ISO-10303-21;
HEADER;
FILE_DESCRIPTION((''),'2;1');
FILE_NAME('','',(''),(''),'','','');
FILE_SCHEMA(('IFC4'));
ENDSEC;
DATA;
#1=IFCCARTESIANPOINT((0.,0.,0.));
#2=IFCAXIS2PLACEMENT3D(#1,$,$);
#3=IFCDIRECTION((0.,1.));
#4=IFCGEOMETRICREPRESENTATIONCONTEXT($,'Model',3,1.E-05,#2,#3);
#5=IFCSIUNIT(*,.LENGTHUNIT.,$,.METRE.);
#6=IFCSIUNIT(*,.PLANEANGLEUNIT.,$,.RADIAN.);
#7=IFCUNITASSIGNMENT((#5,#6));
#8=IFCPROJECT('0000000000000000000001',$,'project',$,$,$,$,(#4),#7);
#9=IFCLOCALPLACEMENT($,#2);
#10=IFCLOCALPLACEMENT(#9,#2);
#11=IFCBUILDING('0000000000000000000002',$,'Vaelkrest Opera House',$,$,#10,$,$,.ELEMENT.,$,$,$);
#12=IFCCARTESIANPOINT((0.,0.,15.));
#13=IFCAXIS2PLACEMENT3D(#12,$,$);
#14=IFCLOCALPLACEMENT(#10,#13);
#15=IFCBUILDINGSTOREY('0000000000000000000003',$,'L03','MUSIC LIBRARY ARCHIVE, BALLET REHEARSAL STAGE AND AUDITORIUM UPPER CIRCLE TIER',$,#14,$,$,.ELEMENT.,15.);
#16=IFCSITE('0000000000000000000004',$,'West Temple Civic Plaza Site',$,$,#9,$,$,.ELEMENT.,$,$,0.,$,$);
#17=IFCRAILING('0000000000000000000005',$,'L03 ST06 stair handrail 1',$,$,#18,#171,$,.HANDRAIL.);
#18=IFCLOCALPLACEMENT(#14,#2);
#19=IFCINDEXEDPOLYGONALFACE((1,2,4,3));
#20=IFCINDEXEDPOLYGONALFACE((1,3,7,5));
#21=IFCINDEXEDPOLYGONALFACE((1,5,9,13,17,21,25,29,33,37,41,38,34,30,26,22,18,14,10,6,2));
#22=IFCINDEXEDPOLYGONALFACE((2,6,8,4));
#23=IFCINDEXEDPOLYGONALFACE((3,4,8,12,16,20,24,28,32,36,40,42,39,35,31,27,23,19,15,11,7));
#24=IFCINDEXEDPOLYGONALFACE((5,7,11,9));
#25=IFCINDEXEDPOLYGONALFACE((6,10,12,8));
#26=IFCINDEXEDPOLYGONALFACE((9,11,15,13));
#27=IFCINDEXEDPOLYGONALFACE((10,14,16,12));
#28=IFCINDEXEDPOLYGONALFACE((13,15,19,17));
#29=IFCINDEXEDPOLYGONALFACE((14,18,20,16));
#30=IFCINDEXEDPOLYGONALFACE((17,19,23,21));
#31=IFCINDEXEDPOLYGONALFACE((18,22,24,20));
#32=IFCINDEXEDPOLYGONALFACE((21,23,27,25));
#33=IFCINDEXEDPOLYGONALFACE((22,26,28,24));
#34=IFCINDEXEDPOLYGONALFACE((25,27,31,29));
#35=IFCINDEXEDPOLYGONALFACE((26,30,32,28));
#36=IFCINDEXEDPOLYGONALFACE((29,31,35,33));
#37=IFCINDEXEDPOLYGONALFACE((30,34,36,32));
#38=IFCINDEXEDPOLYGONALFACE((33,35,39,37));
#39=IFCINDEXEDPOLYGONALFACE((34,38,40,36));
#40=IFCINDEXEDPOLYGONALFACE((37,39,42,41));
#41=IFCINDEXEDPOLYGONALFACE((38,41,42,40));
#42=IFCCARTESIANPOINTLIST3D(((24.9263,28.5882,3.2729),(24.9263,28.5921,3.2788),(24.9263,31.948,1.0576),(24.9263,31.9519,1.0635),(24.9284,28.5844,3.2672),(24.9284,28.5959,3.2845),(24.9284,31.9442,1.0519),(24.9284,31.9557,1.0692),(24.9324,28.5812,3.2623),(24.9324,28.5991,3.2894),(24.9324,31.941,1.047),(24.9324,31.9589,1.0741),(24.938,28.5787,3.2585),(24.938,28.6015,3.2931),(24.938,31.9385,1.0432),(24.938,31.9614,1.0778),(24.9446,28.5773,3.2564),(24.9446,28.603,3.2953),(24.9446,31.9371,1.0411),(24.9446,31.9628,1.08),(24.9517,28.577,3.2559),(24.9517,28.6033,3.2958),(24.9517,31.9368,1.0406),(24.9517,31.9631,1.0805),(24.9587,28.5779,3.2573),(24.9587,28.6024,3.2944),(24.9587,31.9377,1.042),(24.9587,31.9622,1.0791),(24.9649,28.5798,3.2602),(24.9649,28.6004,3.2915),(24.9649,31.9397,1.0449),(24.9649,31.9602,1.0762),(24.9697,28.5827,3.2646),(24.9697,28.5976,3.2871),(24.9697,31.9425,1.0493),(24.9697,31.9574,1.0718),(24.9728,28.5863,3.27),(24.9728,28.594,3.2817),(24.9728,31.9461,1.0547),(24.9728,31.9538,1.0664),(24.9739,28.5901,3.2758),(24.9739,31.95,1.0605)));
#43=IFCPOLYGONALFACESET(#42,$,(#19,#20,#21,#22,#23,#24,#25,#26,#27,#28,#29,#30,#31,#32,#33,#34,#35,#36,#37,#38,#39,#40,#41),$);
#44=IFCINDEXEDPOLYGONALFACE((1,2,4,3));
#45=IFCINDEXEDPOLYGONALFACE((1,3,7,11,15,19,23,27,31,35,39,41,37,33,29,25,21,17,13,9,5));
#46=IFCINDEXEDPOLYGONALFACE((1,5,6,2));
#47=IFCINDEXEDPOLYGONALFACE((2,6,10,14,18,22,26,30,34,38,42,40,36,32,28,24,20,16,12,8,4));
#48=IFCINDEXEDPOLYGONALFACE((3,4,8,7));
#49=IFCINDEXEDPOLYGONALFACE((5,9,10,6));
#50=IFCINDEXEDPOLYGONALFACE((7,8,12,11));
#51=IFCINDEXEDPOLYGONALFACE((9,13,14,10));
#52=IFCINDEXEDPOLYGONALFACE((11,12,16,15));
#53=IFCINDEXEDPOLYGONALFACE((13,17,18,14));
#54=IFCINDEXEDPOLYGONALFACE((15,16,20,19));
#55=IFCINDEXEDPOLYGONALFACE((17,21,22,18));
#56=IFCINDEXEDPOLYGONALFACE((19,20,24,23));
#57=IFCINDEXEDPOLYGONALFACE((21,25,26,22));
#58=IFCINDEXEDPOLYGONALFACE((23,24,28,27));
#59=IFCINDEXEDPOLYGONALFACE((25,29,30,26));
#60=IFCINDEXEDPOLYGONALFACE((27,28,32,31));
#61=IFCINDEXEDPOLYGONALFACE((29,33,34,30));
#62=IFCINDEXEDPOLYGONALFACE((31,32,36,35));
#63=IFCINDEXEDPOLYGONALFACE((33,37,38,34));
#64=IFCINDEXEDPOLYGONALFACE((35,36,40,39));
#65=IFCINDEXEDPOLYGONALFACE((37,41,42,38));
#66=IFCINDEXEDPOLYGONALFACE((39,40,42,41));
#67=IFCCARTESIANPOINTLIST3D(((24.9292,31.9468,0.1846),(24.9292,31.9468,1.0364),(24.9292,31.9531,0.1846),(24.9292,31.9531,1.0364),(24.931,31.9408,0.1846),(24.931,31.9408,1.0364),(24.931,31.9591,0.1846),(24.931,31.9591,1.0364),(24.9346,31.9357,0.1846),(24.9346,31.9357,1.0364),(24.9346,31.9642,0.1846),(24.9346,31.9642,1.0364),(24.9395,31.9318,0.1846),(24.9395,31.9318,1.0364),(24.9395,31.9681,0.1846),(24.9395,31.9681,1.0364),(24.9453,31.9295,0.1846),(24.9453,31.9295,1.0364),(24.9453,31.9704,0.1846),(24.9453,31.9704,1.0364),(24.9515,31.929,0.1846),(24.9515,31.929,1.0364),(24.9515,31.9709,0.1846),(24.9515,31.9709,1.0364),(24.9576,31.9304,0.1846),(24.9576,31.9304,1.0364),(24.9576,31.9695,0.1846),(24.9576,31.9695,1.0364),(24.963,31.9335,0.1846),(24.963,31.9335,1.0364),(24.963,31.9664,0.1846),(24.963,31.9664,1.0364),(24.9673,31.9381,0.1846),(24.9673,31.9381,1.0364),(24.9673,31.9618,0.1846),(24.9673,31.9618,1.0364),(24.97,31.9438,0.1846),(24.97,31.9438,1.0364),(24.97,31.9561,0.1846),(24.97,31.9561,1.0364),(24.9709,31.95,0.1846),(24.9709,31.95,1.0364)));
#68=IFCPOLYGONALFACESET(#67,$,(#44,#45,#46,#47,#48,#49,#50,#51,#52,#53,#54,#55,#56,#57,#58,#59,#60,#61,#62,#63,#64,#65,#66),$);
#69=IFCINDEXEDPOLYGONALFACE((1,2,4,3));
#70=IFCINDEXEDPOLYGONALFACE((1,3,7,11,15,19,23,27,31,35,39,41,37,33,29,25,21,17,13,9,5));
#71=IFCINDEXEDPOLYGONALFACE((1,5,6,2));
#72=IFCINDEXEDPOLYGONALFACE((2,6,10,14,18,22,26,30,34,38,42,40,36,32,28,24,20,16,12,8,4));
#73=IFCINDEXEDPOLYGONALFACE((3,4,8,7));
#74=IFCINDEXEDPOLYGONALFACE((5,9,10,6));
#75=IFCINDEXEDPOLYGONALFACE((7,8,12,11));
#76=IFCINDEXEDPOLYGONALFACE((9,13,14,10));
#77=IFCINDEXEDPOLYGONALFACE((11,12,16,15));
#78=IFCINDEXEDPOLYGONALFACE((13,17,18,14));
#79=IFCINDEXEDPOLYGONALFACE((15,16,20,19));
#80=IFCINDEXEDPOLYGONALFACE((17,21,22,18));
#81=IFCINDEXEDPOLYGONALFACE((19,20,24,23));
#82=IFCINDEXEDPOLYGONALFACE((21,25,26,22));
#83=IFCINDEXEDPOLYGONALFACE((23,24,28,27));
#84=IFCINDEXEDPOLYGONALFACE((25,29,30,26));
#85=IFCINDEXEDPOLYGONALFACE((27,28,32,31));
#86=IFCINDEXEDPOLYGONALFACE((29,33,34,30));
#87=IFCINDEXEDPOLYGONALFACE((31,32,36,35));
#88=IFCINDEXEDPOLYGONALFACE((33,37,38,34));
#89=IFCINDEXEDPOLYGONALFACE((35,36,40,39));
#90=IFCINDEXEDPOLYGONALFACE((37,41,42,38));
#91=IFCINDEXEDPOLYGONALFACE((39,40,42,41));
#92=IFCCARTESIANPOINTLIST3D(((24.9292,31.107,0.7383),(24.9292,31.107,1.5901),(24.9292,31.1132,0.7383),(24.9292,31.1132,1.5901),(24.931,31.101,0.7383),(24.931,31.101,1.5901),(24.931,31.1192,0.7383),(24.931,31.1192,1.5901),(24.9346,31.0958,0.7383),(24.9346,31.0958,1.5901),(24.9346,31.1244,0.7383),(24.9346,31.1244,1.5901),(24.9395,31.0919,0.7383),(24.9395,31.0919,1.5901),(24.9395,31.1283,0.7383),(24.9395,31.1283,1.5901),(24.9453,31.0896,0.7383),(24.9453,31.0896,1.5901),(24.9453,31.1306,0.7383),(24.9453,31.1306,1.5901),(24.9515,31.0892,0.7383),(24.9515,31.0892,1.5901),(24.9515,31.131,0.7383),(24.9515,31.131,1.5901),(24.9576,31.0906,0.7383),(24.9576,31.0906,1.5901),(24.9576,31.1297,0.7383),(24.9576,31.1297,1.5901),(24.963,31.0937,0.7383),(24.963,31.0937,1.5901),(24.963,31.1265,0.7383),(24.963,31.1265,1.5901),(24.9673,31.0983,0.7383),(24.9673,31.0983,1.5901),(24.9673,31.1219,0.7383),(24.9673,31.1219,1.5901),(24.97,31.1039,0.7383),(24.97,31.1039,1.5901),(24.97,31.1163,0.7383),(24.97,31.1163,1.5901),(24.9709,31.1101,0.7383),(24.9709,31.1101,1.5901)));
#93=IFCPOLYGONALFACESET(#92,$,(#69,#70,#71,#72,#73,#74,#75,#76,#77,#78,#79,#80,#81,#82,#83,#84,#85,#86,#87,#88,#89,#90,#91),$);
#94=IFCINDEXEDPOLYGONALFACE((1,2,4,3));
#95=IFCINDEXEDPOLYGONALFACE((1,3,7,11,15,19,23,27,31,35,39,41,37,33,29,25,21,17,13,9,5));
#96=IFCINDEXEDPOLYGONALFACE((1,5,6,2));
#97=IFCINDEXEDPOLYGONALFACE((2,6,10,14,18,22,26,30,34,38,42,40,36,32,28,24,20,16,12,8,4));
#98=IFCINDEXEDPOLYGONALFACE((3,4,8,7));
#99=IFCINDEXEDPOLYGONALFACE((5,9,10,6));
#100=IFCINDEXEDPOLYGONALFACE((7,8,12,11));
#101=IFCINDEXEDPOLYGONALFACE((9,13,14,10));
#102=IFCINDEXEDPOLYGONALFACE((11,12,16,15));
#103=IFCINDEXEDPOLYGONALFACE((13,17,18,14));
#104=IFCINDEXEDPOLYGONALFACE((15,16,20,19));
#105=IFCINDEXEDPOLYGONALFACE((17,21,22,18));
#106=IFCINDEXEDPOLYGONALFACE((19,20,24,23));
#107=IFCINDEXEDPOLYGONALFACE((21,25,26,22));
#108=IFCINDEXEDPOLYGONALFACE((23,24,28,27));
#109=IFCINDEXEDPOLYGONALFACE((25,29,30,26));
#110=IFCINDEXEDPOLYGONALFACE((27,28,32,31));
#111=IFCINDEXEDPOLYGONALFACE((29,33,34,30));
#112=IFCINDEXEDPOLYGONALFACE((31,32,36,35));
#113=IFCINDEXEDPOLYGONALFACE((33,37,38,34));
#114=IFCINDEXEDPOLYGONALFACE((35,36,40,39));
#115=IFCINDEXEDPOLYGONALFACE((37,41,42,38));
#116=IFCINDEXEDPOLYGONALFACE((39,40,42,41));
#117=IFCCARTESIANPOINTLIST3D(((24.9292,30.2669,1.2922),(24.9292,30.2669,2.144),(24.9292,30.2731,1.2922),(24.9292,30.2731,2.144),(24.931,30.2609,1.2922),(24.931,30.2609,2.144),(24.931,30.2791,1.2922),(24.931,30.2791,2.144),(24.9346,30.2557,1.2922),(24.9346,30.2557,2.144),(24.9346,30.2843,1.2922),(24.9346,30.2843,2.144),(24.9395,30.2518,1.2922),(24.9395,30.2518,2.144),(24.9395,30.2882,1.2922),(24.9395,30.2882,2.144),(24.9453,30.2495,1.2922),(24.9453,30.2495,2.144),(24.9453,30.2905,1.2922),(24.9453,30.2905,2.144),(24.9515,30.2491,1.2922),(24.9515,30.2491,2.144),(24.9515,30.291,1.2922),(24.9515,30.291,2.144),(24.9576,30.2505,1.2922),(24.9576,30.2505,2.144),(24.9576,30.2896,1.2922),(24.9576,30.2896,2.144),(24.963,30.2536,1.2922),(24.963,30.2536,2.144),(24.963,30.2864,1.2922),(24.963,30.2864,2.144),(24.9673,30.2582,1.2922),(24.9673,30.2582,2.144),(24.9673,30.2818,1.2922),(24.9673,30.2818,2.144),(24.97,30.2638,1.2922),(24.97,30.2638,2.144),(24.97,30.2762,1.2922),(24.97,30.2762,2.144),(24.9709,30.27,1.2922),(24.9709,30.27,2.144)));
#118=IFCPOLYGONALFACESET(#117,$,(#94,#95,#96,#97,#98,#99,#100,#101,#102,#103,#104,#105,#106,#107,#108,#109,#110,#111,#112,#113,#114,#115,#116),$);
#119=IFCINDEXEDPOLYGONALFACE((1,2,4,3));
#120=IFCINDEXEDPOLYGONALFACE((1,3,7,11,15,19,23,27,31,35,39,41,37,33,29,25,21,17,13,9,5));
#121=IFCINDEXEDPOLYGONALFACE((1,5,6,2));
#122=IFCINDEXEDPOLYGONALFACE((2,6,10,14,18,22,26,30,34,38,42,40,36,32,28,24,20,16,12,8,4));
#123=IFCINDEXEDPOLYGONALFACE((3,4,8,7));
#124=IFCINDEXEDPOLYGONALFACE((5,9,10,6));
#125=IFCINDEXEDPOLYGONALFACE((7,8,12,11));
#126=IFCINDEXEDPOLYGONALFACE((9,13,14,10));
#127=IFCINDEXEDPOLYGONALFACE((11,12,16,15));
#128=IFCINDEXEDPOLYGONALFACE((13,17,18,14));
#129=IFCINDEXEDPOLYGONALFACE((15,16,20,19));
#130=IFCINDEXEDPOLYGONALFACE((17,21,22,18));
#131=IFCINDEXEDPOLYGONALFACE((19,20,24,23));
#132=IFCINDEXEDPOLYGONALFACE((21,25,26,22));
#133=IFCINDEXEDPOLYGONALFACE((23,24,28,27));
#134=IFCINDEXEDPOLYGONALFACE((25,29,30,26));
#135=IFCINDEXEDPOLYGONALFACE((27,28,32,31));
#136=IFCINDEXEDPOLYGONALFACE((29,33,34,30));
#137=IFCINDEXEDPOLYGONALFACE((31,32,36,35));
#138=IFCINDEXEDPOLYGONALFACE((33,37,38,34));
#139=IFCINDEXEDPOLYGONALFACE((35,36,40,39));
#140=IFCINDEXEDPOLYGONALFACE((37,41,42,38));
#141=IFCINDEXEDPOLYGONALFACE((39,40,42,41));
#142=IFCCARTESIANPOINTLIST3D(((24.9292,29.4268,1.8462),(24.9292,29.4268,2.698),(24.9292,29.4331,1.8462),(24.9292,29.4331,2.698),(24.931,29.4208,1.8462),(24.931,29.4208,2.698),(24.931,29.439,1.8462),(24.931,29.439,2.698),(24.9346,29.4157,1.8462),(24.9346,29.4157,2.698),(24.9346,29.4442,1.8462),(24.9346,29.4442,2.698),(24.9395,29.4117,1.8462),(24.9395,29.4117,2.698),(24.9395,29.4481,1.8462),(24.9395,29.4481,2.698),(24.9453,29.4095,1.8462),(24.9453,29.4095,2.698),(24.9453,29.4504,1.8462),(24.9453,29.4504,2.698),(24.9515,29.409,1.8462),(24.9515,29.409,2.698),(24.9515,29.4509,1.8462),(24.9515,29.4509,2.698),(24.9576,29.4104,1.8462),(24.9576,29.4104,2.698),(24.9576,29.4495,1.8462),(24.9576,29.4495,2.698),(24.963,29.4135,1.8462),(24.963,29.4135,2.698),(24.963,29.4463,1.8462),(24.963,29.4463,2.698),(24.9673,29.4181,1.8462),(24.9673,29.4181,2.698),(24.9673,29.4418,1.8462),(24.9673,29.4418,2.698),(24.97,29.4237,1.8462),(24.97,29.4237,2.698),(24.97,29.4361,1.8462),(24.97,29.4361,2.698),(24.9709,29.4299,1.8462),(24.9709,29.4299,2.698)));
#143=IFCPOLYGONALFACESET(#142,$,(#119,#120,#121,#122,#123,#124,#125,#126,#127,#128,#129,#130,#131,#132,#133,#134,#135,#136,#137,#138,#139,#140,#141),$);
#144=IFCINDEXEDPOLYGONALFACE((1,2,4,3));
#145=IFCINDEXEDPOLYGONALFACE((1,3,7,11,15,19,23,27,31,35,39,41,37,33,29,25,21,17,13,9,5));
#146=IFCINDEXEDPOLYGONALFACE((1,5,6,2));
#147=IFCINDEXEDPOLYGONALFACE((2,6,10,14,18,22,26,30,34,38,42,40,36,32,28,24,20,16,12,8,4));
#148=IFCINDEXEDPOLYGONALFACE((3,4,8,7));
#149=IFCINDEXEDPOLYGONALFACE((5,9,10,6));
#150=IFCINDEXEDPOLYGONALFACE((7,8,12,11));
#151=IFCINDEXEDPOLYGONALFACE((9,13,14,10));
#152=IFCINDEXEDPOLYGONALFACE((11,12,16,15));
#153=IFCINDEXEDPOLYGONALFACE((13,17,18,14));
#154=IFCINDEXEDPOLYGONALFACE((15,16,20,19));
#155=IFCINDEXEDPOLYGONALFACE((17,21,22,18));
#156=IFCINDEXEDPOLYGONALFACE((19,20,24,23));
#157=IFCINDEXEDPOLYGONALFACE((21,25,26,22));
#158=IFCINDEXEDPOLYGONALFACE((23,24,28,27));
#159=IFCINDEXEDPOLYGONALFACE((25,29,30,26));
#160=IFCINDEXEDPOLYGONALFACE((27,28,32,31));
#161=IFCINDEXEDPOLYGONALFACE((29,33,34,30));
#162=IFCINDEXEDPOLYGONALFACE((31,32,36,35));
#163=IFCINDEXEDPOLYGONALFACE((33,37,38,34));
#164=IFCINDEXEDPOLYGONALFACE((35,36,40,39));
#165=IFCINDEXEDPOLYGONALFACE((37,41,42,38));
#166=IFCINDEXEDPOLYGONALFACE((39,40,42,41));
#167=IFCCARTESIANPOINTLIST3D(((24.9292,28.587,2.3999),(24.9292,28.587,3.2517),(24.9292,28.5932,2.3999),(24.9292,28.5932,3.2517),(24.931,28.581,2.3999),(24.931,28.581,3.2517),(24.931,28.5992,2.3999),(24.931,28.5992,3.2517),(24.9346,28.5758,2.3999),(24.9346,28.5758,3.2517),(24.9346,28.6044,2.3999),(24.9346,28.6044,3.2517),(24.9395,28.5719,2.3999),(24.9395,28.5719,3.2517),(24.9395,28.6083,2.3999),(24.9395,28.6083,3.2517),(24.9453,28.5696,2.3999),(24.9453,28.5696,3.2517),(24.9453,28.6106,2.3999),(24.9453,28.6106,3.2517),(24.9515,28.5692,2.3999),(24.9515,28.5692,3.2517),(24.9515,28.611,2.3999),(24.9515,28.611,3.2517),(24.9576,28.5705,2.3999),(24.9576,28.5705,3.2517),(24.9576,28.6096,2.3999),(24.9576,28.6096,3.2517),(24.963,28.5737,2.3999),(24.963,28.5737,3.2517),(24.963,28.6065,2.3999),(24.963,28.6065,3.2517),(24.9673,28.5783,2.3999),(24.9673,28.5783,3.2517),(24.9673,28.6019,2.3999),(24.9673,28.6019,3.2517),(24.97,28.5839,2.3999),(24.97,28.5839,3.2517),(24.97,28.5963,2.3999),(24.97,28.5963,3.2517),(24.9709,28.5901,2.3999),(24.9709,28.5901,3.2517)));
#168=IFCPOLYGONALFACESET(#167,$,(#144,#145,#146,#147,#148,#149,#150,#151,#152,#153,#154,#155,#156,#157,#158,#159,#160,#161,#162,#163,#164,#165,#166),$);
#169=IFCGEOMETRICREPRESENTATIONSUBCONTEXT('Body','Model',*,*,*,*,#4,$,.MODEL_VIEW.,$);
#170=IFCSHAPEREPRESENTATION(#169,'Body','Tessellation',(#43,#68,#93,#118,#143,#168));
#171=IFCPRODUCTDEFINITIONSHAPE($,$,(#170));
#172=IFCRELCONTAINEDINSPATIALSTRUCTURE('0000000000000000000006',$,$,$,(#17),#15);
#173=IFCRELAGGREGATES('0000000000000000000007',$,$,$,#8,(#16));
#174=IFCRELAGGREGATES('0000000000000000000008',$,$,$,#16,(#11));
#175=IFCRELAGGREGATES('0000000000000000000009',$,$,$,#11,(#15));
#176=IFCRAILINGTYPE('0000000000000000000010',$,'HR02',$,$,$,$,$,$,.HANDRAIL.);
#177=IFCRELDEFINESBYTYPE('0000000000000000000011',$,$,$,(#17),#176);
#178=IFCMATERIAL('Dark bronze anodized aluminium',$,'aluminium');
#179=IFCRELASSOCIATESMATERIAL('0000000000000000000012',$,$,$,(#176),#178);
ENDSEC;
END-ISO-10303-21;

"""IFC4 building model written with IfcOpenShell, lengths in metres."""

from ifc_helpers import new_model, si_unit, direction, frame, origin, origin_2d, place, context, subcontext, project, spatial, circle, extrude, material, type_object, element, save


model = new_model("IFC4")

# Units and contexts
model_context = context("Model", 3, precision=1e-05, world=origin(), true_north=direction((0.0, 1.0)))
body_context = subcontext(model_context, "Body", "Model", "MODEL_VIEW")
ifc_project = project(units=[si_unit("LENGTHUNIT", "METRE"), si_unit("PLANEANGLEUNIT", "RADIAN")], contexts=[model_context])

# Site, building, storey
site_placement = place(None, origin())
site = spatial("IfcSite", under=ifc_project, at=site_placement, Name="West Temple Civic Plaza Site", CompositionType="ELEMENT", RefElevation=0.0)
building_placement = place(site_placement, origin())
building = spatial("IfcBuilding", under=site, at=building_placement, Name="Vaelkrest Opera House", CompositionType="ELEMENT")
storey_placement = place(building_placement, frame((0.0, 0.0, 15.0)))
storey = spatial("IfcBuildingStorey", under=building, at=storey_placement, Name="L03", Description="MUSIC LIBRARY ARCHIVE, BALLET REHEARSAL STAGE AND AUDITORIUM UPPER CIRCLE TIER", CompositionType="ELEMENT", Elevation=15.0)

# Railing
ifc_material_1 = material(Name="Dark bronze anodized aluminium", Category="aluminium")
railing_type_1 = type_object("IfcRailingType", Name="HR02", PredefinedType="HANDRAIL", material=ifc_material_1)
railing_1_placement = place(storey_placement, frame((24.95, 31.95, 0.1846)))
element("IfcRailing", 1, at=railing_1_placement, inside=storey, type_object=railing_type_1, Name="L03 ST06 stair handrail 1", PredefinedType="HANDRAIL", context=body_context, shape_type="SweptSolid", body=[
    extrude(circle(Radius=0.0239, at=origin_2d()), frame((0.0, 0.0, 0.876), z_axis=(0.0, -0.834858, 0.550465), x_axis=(1.0, 0.0, 0.0)), (0.0, 0.0, 1.0), 4.0244),
    extrude(circle(Radius=0.021, at=origin_2d()), origin(), (0.0, 0.0, 1.0), 0.8518),
    extrude(circle(Radius=0.021, at=origin_2d()), frame((0.0, -0.8398, 0.5537)), (0.0, 0.0, 1.0), 0.8518),
    extrude(circle(Radius=0.021, at=origin_2d()), frame((0.0, -1.6799, 1.1077)), (0.0, 0.0, 1.0), 0.8518),
    extrude(circle(Radius=0.021, at=origin_2d()), frame((0.0, -2.52, 1.6616)), (0.0, 0.0, 1.0), 0.8518),
    extrude(circle(Radius=0.021, at=origin_2d()), frame((0.0, -3.3599, 2.2153)), (0.0, 0.0, 1.0), 0.8518),
])

save(model, "model.ifc")
